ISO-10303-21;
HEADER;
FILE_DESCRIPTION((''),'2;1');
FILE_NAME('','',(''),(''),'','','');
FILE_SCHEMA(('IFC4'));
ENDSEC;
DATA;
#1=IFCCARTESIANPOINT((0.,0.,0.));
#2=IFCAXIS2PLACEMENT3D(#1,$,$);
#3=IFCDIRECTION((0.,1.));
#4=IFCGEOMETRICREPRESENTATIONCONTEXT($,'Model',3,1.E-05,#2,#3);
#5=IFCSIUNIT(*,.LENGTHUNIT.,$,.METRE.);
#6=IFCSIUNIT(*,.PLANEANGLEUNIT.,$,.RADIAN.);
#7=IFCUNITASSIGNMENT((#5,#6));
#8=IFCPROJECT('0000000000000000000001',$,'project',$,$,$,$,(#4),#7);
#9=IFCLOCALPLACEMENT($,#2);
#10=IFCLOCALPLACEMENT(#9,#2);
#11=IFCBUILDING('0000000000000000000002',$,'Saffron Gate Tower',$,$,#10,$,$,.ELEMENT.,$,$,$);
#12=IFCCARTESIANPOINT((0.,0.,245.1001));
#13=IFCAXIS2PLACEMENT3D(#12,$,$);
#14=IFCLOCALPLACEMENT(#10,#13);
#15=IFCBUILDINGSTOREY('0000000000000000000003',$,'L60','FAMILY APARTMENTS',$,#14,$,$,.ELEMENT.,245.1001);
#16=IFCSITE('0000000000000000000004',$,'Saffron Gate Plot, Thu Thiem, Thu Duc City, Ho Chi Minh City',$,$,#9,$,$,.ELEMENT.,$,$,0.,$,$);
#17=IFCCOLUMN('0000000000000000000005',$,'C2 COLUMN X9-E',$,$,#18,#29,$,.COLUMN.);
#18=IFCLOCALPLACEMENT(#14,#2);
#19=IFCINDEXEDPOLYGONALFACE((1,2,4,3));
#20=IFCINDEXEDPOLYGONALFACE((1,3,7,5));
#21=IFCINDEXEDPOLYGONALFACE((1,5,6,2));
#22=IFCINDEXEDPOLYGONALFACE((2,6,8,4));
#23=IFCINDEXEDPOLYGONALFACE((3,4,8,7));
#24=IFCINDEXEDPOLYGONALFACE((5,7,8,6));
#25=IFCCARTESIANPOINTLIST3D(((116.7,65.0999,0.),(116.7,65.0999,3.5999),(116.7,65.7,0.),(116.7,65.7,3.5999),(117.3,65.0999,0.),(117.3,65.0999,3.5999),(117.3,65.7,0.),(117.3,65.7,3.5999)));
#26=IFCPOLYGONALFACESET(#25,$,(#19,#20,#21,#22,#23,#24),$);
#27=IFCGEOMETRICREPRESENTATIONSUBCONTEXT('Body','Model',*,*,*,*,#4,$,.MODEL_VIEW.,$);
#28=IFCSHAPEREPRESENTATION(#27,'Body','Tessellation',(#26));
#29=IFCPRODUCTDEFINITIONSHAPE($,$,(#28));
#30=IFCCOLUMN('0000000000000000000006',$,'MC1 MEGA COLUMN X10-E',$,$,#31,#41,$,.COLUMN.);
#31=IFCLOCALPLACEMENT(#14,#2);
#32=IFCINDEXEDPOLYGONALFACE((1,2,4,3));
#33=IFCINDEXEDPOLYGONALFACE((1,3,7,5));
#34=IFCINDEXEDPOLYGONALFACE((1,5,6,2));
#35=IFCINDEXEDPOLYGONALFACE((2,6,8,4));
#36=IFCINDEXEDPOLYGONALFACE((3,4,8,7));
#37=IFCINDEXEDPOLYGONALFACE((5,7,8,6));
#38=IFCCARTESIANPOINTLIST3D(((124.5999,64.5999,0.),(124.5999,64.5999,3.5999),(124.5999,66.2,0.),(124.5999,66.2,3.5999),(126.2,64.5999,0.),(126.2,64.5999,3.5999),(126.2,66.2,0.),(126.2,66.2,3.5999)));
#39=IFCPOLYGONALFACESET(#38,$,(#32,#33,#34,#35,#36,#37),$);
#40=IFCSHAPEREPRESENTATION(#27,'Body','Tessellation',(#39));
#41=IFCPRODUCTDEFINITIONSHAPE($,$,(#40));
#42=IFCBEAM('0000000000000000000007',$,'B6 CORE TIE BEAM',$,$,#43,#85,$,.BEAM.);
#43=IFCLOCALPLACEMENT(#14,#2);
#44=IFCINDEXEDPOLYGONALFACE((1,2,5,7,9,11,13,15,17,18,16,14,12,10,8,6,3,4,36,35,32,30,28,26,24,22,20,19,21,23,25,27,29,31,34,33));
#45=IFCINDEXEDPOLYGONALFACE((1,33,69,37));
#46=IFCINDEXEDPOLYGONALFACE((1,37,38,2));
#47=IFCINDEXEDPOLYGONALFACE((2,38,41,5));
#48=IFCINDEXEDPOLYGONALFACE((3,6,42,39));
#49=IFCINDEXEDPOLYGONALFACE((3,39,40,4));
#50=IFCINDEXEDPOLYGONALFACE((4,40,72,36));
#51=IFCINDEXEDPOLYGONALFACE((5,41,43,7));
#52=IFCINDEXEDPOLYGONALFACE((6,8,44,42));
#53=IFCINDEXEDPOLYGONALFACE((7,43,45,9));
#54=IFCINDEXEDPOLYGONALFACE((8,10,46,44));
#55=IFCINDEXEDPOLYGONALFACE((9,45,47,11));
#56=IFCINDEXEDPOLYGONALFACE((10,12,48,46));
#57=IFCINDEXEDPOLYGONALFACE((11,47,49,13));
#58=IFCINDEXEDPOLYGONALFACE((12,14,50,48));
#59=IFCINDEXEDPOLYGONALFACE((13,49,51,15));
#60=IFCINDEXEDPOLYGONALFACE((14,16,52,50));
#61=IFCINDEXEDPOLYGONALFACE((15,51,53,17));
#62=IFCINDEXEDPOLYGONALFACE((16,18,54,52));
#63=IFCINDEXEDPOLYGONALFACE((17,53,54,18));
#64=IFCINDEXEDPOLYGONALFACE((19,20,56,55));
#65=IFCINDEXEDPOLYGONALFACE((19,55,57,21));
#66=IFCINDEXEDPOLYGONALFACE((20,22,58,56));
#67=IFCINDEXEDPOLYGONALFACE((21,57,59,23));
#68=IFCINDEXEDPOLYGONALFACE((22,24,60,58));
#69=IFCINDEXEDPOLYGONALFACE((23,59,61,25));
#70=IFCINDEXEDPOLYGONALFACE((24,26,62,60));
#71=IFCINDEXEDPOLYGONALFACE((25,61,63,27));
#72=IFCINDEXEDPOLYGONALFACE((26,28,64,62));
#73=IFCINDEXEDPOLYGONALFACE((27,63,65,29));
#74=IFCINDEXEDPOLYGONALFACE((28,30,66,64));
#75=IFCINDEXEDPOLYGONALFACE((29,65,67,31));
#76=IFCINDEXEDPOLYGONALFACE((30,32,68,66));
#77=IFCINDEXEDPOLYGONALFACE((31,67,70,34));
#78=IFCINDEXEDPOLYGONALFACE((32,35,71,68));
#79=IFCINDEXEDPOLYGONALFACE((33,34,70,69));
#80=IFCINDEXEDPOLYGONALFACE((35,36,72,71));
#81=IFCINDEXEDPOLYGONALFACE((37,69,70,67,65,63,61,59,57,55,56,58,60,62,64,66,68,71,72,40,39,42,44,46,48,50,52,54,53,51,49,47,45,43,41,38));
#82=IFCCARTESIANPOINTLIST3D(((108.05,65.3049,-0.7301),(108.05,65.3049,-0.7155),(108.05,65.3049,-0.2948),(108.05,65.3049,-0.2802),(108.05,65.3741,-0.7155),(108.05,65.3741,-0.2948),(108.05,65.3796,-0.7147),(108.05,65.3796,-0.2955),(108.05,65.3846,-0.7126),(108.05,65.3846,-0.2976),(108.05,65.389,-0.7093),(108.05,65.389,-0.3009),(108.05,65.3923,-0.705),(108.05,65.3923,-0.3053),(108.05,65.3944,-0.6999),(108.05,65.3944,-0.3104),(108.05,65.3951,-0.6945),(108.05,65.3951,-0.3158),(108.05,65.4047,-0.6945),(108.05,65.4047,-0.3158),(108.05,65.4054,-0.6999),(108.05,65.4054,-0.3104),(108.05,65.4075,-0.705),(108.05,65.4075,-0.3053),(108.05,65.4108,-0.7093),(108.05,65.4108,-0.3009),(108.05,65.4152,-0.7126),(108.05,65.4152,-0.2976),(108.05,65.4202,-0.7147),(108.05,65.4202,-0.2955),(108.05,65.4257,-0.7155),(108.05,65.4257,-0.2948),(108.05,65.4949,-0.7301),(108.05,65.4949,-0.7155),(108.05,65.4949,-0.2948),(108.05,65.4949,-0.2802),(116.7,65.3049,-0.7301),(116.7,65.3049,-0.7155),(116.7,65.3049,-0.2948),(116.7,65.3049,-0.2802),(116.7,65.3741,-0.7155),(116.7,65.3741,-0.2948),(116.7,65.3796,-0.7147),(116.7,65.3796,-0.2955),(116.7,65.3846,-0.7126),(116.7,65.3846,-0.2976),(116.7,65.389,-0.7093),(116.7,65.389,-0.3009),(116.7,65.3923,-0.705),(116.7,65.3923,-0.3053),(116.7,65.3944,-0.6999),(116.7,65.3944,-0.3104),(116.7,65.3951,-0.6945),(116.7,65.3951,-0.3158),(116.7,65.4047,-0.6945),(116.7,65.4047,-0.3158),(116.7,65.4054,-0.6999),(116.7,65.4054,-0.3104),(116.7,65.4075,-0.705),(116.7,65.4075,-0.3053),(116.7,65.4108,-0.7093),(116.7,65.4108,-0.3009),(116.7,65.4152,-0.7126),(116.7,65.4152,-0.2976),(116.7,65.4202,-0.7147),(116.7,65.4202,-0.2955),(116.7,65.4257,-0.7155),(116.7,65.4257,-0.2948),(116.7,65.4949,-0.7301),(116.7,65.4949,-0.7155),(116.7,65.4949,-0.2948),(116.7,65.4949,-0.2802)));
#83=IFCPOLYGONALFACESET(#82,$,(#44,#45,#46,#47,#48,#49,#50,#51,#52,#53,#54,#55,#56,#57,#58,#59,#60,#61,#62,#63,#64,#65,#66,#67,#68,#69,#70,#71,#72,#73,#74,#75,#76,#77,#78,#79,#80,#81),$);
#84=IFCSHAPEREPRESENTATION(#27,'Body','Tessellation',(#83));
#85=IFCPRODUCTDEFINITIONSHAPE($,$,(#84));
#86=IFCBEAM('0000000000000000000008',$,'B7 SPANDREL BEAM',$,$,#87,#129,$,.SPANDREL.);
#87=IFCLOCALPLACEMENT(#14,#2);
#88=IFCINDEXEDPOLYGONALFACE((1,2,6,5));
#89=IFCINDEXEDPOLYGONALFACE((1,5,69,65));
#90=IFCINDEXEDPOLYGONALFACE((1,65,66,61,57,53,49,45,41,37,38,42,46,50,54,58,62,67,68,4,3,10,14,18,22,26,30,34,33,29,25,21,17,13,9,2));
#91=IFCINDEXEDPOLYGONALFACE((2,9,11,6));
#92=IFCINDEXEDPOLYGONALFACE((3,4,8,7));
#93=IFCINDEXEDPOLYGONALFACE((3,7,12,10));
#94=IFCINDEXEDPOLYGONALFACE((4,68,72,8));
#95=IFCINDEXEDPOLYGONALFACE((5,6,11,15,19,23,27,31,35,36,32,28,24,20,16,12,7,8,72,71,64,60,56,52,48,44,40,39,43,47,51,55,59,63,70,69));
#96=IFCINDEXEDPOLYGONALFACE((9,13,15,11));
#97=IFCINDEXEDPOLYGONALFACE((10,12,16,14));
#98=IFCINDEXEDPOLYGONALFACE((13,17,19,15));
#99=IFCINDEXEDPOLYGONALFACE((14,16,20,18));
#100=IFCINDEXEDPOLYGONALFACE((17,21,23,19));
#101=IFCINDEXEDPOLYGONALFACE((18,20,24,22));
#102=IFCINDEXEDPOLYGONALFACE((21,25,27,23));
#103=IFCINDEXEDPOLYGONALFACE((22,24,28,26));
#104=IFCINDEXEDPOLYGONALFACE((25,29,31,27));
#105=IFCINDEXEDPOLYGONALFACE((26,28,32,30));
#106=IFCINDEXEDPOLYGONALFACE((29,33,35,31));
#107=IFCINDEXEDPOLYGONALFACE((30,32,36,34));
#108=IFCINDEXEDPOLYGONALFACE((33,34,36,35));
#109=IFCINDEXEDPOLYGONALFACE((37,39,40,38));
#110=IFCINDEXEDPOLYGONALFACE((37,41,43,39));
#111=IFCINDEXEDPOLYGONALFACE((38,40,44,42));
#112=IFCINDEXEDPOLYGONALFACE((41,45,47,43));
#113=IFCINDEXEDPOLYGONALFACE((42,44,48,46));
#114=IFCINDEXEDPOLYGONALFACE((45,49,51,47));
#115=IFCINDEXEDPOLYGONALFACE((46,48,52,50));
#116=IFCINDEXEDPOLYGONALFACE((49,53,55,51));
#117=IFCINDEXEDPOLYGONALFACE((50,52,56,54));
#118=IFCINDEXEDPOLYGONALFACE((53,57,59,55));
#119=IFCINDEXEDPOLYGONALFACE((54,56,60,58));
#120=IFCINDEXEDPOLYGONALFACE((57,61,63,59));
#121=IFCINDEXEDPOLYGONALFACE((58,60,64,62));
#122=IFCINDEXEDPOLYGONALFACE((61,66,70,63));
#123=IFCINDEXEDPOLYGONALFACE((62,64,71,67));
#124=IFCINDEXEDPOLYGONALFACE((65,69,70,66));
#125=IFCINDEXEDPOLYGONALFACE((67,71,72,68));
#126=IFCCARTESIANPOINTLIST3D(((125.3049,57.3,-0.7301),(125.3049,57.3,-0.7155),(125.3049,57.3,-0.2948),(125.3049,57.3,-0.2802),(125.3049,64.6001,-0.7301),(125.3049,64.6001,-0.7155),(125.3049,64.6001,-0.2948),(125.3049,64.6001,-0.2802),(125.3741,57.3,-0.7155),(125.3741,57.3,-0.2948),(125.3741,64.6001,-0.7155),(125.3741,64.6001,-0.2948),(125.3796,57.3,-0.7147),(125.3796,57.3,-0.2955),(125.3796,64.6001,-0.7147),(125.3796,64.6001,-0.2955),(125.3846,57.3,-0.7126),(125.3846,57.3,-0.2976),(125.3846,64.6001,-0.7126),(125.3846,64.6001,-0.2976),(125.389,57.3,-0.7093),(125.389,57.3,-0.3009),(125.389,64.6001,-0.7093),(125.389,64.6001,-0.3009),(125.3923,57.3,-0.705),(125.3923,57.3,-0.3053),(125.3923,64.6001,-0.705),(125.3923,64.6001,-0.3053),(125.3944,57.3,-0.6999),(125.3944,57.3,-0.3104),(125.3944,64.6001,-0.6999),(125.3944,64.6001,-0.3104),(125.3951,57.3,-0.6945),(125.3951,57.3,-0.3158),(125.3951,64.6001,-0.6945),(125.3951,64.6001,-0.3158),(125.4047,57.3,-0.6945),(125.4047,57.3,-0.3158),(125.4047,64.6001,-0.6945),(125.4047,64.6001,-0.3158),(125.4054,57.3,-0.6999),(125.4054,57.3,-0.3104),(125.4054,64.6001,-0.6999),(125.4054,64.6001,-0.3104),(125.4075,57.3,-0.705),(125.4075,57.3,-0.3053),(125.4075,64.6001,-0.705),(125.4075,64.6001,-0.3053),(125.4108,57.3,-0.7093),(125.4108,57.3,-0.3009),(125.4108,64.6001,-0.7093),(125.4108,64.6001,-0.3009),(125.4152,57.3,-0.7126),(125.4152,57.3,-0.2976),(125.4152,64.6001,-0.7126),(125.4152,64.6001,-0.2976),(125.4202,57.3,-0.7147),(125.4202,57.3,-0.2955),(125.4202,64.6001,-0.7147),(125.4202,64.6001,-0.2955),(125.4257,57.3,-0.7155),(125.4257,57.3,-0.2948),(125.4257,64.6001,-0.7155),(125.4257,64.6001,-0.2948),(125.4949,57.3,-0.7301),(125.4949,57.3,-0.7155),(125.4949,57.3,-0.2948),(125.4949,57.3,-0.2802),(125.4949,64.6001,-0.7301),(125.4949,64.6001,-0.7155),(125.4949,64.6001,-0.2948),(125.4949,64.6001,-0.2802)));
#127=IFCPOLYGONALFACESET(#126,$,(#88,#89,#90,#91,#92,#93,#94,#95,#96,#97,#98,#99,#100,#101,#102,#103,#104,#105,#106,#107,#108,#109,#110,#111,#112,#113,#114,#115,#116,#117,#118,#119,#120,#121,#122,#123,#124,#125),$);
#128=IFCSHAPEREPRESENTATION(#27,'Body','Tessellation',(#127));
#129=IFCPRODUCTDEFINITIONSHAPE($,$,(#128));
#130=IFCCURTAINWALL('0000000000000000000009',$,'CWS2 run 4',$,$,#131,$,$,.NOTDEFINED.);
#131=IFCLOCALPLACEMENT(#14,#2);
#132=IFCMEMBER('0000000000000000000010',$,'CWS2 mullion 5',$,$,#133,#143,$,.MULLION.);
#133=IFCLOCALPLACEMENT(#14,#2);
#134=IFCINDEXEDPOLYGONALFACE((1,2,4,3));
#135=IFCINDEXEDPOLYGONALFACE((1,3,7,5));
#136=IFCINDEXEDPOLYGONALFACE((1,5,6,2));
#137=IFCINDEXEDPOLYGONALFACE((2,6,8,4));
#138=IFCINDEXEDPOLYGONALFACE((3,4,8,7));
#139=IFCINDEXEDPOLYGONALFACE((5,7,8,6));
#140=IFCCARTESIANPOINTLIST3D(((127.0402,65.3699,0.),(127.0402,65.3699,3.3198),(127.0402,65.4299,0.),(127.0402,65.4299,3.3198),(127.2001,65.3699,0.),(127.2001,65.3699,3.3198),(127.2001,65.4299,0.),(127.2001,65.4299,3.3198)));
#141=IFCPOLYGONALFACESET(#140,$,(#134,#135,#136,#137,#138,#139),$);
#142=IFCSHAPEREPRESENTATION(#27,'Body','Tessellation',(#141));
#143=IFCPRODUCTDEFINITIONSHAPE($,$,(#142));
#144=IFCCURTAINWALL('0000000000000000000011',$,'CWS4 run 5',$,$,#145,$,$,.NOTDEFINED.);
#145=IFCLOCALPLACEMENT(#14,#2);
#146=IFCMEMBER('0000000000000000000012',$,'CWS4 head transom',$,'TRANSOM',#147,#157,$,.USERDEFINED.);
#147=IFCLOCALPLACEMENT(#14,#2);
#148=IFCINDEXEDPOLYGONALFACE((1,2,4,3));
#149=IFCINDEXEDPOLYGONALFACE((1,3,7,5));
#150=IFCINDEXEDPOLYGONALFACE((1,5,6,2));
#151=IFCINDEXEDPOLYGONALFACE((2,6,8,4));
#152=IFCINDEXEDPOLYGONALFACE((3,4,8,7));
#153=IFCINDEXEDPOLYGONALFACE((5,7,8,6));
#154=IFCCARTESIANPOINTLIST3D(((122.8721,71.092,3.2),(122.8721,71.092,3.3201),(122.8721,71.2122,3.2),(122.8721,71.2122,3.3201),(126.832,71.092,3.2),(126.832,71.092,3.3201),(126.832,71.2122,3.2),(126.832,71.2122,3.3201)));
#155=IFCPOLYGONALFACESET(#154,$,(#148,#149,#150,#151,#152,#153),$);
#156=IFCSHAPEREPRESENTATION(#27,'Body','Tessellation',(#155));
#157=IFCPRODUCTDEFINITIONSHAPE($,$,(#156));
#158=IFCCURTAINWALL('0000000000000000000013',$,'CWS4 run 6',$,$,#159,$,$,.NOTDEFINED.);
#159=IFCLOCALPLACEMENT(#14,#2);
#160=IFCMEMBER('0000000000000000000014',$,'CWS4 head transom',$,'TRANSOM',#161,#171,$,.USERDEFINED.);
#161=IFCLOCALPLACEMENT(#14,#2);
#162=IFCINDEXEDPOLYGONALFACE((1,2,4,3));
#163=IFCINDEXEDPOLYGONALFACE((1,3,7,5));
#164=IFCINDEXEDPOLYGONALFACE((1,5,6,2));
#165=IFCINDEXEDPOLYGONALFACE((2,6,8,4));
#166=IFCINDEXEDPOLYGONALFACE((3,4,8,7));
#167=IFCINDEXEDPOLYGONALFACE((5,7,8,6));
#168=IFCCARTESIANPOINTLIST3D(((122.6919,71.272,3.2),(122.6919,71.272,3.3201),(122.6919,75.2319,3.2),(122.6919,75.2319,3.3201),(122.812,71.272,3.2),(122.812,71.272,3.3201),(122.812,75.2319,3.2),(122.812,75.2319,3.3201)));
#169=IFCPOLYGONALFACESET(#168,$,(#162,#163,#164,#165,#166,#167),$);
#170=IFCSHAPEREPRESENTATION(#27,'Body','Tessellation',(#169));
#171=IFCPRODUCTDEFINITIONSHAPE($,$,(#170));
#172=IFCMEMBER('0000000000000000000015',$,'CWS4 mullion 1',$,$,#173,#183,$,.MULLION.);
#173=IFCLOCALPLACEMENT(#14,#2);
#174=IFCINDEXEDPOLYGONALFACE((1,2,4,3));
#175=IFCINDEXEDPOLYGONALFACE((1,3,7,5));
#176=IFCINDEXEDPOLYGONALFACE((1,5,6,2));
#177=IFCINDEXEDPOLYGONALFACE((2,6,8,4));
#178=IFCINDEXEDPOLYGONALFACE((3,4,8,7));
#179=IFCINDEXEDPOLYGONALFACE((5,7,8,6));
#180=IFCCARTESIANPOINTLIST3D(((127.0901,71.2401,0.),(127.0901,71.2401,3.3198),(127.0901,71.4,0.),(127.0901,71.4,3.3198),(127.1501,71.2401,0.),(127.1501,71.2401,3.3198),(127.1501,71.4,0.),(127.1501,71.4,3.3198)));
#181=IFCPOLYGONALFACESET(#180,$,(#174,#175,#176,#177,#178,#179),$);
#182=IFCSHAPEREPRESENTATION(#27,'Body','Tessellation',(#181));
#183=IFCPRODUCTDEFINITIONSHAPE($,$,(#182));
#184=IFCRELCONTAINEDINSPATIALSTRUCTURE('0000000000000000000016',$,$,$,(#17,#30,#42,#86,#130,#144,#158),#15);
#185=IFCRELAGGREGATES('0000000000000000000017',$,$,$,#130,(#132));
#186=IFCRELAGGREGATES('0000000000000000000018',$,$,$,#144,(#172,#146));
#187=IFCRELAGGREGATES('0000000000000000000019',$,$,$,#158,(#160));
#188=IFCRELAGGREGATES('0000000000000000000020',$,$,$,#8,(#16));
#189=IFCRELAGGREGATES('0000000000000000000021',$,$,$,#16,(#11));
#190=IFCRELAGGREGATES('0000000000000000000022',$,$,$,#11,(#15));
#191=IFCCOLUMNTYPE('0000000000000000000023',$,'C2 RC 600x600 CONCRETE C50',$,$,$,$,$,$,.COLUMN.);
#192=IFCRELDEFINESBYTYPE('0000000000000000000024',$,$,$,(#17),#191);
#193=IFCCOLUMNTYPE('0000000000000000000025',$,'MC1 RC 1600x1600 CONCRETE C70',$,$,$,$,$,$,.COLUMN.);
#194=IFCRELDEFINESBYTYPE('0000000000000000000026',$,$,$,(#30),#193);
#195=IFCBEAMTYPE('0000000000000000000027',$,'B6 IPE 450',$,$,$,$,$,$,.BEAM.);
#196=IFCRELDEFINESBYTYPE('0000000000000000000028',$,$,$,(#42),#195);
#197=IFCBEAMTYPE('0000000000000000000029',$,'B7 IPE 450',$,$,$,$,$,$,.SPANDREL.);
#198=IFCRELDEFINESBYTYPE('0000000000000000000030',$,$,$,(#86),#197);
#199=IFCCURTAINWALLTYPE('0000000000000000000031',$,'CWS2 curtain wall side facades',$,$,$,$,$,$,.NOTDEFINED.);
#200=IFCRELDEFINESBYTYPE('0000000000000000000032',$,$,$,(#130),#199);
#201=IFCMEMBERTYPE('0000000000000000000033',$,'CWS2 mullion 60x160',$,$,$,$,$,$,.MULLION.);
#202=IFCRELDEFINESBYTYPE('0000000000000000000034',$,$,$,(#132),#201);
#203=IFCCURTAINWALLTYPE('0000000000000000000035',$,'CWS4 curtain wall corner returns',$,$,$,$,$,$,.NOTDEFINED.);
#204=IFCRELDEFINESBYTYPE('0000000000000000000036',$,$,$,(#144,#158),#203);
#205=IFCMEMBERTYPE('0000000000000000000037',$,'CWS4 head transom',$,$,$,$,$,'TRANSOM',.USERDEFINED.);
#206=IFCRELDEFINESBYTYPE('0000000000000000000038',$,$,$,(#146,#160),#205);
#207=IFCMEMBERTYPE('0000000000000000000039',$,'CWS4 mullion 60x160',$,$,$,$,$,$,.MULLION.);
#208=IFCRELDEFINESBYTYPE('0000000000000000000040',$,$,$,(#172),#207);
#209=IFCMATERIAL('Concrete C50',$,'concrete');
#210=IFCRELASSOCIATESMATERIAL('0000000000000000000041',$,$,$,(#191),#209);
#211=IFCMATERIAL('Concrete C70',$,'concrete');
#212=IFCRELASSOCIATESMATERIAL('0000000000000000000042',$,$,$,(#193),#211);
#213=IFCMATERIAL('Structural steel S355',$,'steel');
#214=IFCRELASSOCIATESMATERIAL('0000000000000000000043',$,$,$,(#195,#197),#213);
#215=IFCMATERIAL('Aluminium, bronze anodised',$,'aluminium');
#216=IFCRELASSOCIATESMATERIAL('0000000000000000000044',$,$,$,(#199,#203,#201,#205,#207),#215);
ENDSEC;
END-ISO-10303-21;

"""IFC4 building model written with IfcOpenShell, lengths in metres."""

from ifc_helpers import new_model, si_unit, direction, frame, origin, origin_2d, place, context, subcontext, project, spatial, rectangle, i_section, extrude, material, material_profile, profile_set, type_object, element, aggregate, save


model = new_model("IFC4")

# Units and contexts
model_context = context("Model", 3, precision=1e-05, world=origin(), true_north=direction((0.0, 1.0)))
body_context = subcontext(model_context, "Body", "Model", "MODEL_VIEW")
ifc_project = project(units=[si_unit("LENGTHUNIT", "METRE"), si_unit("PLANEANGLEUNIT", "RADIAN")], contexts=[model_context])

# Site, building, storey
site_placement = place(None, origin())
site = spatial("IfcSite", under=ifc_project, at=site_placement, Name="Saffron Gate Plot, Thu Thiem, Thu Duc City, Ho Chi Minh City", CompositionType="ELEMENT", RefElevation=0.0)
building_placement = place(site_placement, origin())
building = spatial("IfcBuilding", under=site, at=building_placement, Name="Saffron Gate Tower", CompositionType="ELEMENT")
storey_placement = place(building_placement, frame((0.0, 0.0, 245.1001)))
storey = spatial("IfcBuildingStorey", under=building, at=storey_placement, Name="L60", Description="FAMILY APARTMENTS", CompositionType="ELEMENT", Elevation=245.1001)

# Columns
ifc_material_1 = material(Name="Concrete C50", Category="concrete")
ifc_material_profile_1 = material_profile(ifc_material_1, rectangle(XDim=0.6001, YDim=0.6001, at=origin_2d()))
ifc_profile_set_1 = profile_set([ifc_material_profile_1], Name="Concrete C50")
column_type_1 = type_object("IfcColumnType", Name="C2 RC 600x600 CONCRETE C50", PredefinedType="COLUMN", material=ifc_profile_set_1)
column_1_placement = place(storey_placement, frame((117.0, 65.3999, 0.0), z_axis=(0.0, 0.0, 1.0), x_axis=(1.0, 0.0, 0.0)))
element("IfcColumn", 1, at=column_1_placement, inside=storey, type_object=column_type_1, Name="C2 COLUMN X9-E", PredefinedType="COLUMN", context=body_context, shape_type="SweptSolid", body=[
    extrude(rectangle(XDim=0.6001, YDim=0.6001, at=origin_2d()), origin(), (0.0, 0.0, 1.0), 3.5999),
])
ifc_material_2 = material(Name="Concrete C70", Category="concrete")
ifc_material_profile_2 = material_profile(ifc_material_2, rectangle(XDim=1.6001, YDim=1.6001, at=origin_2d()))
ifc_profile_set_2 = profile_set([ifc_material_profile_2], Name="Concrete C70")
column_type_2 = type_object("IfcColumnType", Name="MC1 RC 1600x1600 CONCRETE C70", PredefinedType="COLUMN", material=ifc_profile_set_2)
column_2_placement = place(storey_placement, frame((125.3999, 65.3999, 0.0), z_axis=(0.0, 0.0, 1.0), x_axis=(1.0, 0.0, 0.0)))
element("IfcColumn", 2, at=column_2_placement, inside=storey, type_object=column_type_2, Name="MC1 MEGA COLUMN X10-E", PredefinedType="COLUMN", context=body_context, shape_type="SweptSolid", body=[
    extrude(rectangle(XDim=1.6001, YDim=1.6001, at=origin_2d()), origin(), (0.0, 0.0, 1.0), 3.5999),
])

# Beams
ifc_material_3 = material(Name="Structural steel S355", Category="steel")
ifc_material_profile_3 = material_profile(ifc_material_3, i_section(OverallWidth=0.1899, OverallDepth=0.45, WebThickness=0.0095, FlangeThickness=0.0146, FilletRadius=0.021, at=origin_2d()))
ifc_profile_set_3 = profile_set([ifc_material_profile_3], Name="Structural steel S355")
beam_type_1 = type_object("IfcBeamType", Name="B6 IPE 450", PredefinedType="BEAM", material=ifc_profile_set_3)
beam_1_placement = place(storey_placement, frame((116.7, 65.3999, -0.5051), z_axis=(-1.0, 0.0, 0.0), x_axis=(0.0, -1.0, 0.0)))
element("IfcBeam", 3, at=beam_1_placement, inside=storey, type_object=beam_type_1, Name="B6 CORE TIE BEAM", PredefinedType="BEAM", context=body_context, shape_type="SweptSolid", body=[
    extrude(i_section(OverallWidth=0.1899, OverallDepth=0.45, WebThickness=0.0095, FlangeThickness=0.0146, FilletRadius=0.021, at=origin_2d()), origin(), (0.0, 0.0, 1.0), 8.6499),
])
ifc_material_profile_4 = material_profile(ifc_material_3, i_section(OverallWidth=0.1899, OverallDepth=0.45, WebThickness=0.0095, FlangeThickness=0.0146, FilletRadius=0.021, at=origin_2d()))
ifc_profile_set_4 = profile_set([ifc_material_profile_4], Name="Structural steel S355")
beam_type_2 = type_object("IfcBeamType", Name="B7 IPE 450", PredefinedType="SPANDREL", material=ifc_profile_set_4)
beam_2_placement = place(storey_placement, frame((125.3999, 57.3, -0.5051), z_axis=(0.0, 1.0, 0.0), x_axis=(-1.0, 0.0, 0.0)))
element("IfcBeam", 4, at=beam_2_placement, inside=storey, type_object=beam_type_2, Name="B7 SPANDREL BEAM", PredefinedType="SPANDREL", context=body_context, shape_type="SweptSolid", body=[
    extrude(i_section(OverallWidth=0.1899, OverallDepth=0.45, WebThickness=0.0095, FlangeThickness=0.0146, FilletRadius=0.021, at=origin_2d()), origin(), (0.0, 0.0, 1.0), 7.3),
])

# Curtain walls, members
ifc_material_4 = material(Name="Aluminium, bronze anodised", Category="aluminium")
curtain_wall_type_1 = type_object("IfcCurtainWallType", Name="CWS2 curtain wall side facades", PredefinedType="NOTDEFINED", material=ifc_material_4)
curtain_wall_1_placement = place(storey_placement, origin())
curtain_wall_1 = element("IfcCurtainWall", 5, at=curtain_wall_1_placement, inside=storey, type_object=curtain_wall_type_1, Name="CWS2 run 4", PredefinedType="NOTDEFINED")
ifc_material_profile_5 = material_profile(ifc_material_4, rectangle(XDim=0.1599, YDim=0.0601, at=origin_2d()))
ifc_profile_set_5 = profile_set([ifc_material_profile_5], Name="Aluminium, bronze anodised")
member_type_1 = type_object("IfcMemberType", Name="CWS2 mullion 60x160", PredefinedType="MULLION", material=ifc_profile_set_5)
member_1_placement = place(storey_placement, frame((127.1201, 65.3999, 0.0), z_axis=(0.0, 0.0, 1.0), x_axis=(-1.0, 0.0, 0.0)))
member_1 = element("IfcMember", 6, at=member_1_placement, type_object=member_type_1, Name="CWS2 mullion 5", PredefinedType="MULLION", context=body_context, shape_type="SweptSolid", body=[
    extrude(rectangle(XDim=0.1599, YDim=0.0601, at=origin_2d()), origin(), (0.0, 0.0, 1.0), 3.3198),
])
aggregate(curtain_wall_1, [member_1])
curtain_wall_type_2 = type_object("IfcCurtainWallType", Name="CWS4 curtain wall corner returns", PredefinedType="NOTDEFINED", material=ifc_material_4)
curtain_wall_2_placement = place(storey_placement, origin())
curtain_wall_2 = element("IfcCurtainWall", 7, at=curtain_wall_2_placement, inside=storey, type_object=curtain_wall_type_2, Name="CWS4 run 5", PredefinedType="NOTDEFINED")
ifc_material_profile_6 = material_profile(ifc_material_4, rectangle(XDim=0.1201, YDim=0.1201, at=origin_2d()))
ifc_profile_set_6 = profile_set([ifc_material_profile_6], Name="Aluminium, bronze anodised")
member_type_2 = type_object("IfcMemberType", Name="CWS4 head transom", ElementType="TRANSOM", PredefinedType="USERDEFINED", material=ifc_profile_set_6)
member_2_placement = place(storey_placement, frame((126.832, 71.1521, 3.26), z_axis=(-1.0, 0.0, 0.0), x_axis=(0.0, -1.0, 0.0)))
member_2 = element("IfcMember", 8, at=member_2_placement, type_object=member_type_2, Name="CWS4 head transom", ObjectType="TRANSOM", PredefinedType="USERDEFINED", context=body_context, shape_type="SweptSolid", body=[
    extrude(rectangle(XDim=0.1201, YDim=0.1201, at=origin_2d()), origin(), (0.0, 0.0, 1.0), 3.96),
])
curtain_wall_3_placement = place(storey_placement, origin())
curtain_wall_3 = element("IfcCurtainWall", 9, at=curtain_wall_3_placement, inside=storey, type_object=curtain_wall_type_2, Name="CWS4 run 6", PredefinedType="NOTDEFINED")
member_3_placement = place(storey_placement, frame((122.752, 71.272, 3.26), z_axis=(0.0, 1.0, 0.0), x_axis=(-1.0, 0.0, 0.0)))
member_3 = element("IfcMember", 10, at=member_3_placement, type_object=member_type_2, Name="CWS4 head transom", ObjectType="TRANSOM", PredefinedType="USERDEFINED", context=body_context, shape_type="SweptSolid", body=[
    extrude(rectangle(XDim=0.1201, YDim=0.1201, at=origin_2d()), origin(), (0.0, 0.0, 1.0), 3.96),
])

# Member
ifc_material_profile_7 = material_profile(ifc_material_4, rectangle(XDim=0.1599, YDim=0.0601, at=origin_2d()))
ifc_profile_set_7 = profile_set([ifc_material_profile_7], Name="Aluminium, bronze anodised")
member_type_3 = type_object("IfcMemberType", Name="CWS4 mullion 60x160", PredefinedType="MULLION", material=ifc_profile_set_7)
member_4_placement = place(storey_placement, frame((127.1201, 71.3201, 0.0), z_axis=(0.0, 0.0, 1.0), x_axis=(0.0, -1.0, 0.0)))
member_4 = element("IfcMember", 11, at=member_4_placement, type_object=member_type_3, Name="CWS4 mullion 1", PredefinedType="MULLION", context=body_context, shape_type="SweptSolid", body=[
    extrude(rectangle(XDim=0.1599, YDim=0.0601, at=origin_2d()), origin(), (0.0, 0.0, 1.0), 3.3198),
])

aggregate(curtain_wall_2, [member_4, member_2])
aggregate(curtain_wall_3, [member_3])

save(model, "model.ifc")
